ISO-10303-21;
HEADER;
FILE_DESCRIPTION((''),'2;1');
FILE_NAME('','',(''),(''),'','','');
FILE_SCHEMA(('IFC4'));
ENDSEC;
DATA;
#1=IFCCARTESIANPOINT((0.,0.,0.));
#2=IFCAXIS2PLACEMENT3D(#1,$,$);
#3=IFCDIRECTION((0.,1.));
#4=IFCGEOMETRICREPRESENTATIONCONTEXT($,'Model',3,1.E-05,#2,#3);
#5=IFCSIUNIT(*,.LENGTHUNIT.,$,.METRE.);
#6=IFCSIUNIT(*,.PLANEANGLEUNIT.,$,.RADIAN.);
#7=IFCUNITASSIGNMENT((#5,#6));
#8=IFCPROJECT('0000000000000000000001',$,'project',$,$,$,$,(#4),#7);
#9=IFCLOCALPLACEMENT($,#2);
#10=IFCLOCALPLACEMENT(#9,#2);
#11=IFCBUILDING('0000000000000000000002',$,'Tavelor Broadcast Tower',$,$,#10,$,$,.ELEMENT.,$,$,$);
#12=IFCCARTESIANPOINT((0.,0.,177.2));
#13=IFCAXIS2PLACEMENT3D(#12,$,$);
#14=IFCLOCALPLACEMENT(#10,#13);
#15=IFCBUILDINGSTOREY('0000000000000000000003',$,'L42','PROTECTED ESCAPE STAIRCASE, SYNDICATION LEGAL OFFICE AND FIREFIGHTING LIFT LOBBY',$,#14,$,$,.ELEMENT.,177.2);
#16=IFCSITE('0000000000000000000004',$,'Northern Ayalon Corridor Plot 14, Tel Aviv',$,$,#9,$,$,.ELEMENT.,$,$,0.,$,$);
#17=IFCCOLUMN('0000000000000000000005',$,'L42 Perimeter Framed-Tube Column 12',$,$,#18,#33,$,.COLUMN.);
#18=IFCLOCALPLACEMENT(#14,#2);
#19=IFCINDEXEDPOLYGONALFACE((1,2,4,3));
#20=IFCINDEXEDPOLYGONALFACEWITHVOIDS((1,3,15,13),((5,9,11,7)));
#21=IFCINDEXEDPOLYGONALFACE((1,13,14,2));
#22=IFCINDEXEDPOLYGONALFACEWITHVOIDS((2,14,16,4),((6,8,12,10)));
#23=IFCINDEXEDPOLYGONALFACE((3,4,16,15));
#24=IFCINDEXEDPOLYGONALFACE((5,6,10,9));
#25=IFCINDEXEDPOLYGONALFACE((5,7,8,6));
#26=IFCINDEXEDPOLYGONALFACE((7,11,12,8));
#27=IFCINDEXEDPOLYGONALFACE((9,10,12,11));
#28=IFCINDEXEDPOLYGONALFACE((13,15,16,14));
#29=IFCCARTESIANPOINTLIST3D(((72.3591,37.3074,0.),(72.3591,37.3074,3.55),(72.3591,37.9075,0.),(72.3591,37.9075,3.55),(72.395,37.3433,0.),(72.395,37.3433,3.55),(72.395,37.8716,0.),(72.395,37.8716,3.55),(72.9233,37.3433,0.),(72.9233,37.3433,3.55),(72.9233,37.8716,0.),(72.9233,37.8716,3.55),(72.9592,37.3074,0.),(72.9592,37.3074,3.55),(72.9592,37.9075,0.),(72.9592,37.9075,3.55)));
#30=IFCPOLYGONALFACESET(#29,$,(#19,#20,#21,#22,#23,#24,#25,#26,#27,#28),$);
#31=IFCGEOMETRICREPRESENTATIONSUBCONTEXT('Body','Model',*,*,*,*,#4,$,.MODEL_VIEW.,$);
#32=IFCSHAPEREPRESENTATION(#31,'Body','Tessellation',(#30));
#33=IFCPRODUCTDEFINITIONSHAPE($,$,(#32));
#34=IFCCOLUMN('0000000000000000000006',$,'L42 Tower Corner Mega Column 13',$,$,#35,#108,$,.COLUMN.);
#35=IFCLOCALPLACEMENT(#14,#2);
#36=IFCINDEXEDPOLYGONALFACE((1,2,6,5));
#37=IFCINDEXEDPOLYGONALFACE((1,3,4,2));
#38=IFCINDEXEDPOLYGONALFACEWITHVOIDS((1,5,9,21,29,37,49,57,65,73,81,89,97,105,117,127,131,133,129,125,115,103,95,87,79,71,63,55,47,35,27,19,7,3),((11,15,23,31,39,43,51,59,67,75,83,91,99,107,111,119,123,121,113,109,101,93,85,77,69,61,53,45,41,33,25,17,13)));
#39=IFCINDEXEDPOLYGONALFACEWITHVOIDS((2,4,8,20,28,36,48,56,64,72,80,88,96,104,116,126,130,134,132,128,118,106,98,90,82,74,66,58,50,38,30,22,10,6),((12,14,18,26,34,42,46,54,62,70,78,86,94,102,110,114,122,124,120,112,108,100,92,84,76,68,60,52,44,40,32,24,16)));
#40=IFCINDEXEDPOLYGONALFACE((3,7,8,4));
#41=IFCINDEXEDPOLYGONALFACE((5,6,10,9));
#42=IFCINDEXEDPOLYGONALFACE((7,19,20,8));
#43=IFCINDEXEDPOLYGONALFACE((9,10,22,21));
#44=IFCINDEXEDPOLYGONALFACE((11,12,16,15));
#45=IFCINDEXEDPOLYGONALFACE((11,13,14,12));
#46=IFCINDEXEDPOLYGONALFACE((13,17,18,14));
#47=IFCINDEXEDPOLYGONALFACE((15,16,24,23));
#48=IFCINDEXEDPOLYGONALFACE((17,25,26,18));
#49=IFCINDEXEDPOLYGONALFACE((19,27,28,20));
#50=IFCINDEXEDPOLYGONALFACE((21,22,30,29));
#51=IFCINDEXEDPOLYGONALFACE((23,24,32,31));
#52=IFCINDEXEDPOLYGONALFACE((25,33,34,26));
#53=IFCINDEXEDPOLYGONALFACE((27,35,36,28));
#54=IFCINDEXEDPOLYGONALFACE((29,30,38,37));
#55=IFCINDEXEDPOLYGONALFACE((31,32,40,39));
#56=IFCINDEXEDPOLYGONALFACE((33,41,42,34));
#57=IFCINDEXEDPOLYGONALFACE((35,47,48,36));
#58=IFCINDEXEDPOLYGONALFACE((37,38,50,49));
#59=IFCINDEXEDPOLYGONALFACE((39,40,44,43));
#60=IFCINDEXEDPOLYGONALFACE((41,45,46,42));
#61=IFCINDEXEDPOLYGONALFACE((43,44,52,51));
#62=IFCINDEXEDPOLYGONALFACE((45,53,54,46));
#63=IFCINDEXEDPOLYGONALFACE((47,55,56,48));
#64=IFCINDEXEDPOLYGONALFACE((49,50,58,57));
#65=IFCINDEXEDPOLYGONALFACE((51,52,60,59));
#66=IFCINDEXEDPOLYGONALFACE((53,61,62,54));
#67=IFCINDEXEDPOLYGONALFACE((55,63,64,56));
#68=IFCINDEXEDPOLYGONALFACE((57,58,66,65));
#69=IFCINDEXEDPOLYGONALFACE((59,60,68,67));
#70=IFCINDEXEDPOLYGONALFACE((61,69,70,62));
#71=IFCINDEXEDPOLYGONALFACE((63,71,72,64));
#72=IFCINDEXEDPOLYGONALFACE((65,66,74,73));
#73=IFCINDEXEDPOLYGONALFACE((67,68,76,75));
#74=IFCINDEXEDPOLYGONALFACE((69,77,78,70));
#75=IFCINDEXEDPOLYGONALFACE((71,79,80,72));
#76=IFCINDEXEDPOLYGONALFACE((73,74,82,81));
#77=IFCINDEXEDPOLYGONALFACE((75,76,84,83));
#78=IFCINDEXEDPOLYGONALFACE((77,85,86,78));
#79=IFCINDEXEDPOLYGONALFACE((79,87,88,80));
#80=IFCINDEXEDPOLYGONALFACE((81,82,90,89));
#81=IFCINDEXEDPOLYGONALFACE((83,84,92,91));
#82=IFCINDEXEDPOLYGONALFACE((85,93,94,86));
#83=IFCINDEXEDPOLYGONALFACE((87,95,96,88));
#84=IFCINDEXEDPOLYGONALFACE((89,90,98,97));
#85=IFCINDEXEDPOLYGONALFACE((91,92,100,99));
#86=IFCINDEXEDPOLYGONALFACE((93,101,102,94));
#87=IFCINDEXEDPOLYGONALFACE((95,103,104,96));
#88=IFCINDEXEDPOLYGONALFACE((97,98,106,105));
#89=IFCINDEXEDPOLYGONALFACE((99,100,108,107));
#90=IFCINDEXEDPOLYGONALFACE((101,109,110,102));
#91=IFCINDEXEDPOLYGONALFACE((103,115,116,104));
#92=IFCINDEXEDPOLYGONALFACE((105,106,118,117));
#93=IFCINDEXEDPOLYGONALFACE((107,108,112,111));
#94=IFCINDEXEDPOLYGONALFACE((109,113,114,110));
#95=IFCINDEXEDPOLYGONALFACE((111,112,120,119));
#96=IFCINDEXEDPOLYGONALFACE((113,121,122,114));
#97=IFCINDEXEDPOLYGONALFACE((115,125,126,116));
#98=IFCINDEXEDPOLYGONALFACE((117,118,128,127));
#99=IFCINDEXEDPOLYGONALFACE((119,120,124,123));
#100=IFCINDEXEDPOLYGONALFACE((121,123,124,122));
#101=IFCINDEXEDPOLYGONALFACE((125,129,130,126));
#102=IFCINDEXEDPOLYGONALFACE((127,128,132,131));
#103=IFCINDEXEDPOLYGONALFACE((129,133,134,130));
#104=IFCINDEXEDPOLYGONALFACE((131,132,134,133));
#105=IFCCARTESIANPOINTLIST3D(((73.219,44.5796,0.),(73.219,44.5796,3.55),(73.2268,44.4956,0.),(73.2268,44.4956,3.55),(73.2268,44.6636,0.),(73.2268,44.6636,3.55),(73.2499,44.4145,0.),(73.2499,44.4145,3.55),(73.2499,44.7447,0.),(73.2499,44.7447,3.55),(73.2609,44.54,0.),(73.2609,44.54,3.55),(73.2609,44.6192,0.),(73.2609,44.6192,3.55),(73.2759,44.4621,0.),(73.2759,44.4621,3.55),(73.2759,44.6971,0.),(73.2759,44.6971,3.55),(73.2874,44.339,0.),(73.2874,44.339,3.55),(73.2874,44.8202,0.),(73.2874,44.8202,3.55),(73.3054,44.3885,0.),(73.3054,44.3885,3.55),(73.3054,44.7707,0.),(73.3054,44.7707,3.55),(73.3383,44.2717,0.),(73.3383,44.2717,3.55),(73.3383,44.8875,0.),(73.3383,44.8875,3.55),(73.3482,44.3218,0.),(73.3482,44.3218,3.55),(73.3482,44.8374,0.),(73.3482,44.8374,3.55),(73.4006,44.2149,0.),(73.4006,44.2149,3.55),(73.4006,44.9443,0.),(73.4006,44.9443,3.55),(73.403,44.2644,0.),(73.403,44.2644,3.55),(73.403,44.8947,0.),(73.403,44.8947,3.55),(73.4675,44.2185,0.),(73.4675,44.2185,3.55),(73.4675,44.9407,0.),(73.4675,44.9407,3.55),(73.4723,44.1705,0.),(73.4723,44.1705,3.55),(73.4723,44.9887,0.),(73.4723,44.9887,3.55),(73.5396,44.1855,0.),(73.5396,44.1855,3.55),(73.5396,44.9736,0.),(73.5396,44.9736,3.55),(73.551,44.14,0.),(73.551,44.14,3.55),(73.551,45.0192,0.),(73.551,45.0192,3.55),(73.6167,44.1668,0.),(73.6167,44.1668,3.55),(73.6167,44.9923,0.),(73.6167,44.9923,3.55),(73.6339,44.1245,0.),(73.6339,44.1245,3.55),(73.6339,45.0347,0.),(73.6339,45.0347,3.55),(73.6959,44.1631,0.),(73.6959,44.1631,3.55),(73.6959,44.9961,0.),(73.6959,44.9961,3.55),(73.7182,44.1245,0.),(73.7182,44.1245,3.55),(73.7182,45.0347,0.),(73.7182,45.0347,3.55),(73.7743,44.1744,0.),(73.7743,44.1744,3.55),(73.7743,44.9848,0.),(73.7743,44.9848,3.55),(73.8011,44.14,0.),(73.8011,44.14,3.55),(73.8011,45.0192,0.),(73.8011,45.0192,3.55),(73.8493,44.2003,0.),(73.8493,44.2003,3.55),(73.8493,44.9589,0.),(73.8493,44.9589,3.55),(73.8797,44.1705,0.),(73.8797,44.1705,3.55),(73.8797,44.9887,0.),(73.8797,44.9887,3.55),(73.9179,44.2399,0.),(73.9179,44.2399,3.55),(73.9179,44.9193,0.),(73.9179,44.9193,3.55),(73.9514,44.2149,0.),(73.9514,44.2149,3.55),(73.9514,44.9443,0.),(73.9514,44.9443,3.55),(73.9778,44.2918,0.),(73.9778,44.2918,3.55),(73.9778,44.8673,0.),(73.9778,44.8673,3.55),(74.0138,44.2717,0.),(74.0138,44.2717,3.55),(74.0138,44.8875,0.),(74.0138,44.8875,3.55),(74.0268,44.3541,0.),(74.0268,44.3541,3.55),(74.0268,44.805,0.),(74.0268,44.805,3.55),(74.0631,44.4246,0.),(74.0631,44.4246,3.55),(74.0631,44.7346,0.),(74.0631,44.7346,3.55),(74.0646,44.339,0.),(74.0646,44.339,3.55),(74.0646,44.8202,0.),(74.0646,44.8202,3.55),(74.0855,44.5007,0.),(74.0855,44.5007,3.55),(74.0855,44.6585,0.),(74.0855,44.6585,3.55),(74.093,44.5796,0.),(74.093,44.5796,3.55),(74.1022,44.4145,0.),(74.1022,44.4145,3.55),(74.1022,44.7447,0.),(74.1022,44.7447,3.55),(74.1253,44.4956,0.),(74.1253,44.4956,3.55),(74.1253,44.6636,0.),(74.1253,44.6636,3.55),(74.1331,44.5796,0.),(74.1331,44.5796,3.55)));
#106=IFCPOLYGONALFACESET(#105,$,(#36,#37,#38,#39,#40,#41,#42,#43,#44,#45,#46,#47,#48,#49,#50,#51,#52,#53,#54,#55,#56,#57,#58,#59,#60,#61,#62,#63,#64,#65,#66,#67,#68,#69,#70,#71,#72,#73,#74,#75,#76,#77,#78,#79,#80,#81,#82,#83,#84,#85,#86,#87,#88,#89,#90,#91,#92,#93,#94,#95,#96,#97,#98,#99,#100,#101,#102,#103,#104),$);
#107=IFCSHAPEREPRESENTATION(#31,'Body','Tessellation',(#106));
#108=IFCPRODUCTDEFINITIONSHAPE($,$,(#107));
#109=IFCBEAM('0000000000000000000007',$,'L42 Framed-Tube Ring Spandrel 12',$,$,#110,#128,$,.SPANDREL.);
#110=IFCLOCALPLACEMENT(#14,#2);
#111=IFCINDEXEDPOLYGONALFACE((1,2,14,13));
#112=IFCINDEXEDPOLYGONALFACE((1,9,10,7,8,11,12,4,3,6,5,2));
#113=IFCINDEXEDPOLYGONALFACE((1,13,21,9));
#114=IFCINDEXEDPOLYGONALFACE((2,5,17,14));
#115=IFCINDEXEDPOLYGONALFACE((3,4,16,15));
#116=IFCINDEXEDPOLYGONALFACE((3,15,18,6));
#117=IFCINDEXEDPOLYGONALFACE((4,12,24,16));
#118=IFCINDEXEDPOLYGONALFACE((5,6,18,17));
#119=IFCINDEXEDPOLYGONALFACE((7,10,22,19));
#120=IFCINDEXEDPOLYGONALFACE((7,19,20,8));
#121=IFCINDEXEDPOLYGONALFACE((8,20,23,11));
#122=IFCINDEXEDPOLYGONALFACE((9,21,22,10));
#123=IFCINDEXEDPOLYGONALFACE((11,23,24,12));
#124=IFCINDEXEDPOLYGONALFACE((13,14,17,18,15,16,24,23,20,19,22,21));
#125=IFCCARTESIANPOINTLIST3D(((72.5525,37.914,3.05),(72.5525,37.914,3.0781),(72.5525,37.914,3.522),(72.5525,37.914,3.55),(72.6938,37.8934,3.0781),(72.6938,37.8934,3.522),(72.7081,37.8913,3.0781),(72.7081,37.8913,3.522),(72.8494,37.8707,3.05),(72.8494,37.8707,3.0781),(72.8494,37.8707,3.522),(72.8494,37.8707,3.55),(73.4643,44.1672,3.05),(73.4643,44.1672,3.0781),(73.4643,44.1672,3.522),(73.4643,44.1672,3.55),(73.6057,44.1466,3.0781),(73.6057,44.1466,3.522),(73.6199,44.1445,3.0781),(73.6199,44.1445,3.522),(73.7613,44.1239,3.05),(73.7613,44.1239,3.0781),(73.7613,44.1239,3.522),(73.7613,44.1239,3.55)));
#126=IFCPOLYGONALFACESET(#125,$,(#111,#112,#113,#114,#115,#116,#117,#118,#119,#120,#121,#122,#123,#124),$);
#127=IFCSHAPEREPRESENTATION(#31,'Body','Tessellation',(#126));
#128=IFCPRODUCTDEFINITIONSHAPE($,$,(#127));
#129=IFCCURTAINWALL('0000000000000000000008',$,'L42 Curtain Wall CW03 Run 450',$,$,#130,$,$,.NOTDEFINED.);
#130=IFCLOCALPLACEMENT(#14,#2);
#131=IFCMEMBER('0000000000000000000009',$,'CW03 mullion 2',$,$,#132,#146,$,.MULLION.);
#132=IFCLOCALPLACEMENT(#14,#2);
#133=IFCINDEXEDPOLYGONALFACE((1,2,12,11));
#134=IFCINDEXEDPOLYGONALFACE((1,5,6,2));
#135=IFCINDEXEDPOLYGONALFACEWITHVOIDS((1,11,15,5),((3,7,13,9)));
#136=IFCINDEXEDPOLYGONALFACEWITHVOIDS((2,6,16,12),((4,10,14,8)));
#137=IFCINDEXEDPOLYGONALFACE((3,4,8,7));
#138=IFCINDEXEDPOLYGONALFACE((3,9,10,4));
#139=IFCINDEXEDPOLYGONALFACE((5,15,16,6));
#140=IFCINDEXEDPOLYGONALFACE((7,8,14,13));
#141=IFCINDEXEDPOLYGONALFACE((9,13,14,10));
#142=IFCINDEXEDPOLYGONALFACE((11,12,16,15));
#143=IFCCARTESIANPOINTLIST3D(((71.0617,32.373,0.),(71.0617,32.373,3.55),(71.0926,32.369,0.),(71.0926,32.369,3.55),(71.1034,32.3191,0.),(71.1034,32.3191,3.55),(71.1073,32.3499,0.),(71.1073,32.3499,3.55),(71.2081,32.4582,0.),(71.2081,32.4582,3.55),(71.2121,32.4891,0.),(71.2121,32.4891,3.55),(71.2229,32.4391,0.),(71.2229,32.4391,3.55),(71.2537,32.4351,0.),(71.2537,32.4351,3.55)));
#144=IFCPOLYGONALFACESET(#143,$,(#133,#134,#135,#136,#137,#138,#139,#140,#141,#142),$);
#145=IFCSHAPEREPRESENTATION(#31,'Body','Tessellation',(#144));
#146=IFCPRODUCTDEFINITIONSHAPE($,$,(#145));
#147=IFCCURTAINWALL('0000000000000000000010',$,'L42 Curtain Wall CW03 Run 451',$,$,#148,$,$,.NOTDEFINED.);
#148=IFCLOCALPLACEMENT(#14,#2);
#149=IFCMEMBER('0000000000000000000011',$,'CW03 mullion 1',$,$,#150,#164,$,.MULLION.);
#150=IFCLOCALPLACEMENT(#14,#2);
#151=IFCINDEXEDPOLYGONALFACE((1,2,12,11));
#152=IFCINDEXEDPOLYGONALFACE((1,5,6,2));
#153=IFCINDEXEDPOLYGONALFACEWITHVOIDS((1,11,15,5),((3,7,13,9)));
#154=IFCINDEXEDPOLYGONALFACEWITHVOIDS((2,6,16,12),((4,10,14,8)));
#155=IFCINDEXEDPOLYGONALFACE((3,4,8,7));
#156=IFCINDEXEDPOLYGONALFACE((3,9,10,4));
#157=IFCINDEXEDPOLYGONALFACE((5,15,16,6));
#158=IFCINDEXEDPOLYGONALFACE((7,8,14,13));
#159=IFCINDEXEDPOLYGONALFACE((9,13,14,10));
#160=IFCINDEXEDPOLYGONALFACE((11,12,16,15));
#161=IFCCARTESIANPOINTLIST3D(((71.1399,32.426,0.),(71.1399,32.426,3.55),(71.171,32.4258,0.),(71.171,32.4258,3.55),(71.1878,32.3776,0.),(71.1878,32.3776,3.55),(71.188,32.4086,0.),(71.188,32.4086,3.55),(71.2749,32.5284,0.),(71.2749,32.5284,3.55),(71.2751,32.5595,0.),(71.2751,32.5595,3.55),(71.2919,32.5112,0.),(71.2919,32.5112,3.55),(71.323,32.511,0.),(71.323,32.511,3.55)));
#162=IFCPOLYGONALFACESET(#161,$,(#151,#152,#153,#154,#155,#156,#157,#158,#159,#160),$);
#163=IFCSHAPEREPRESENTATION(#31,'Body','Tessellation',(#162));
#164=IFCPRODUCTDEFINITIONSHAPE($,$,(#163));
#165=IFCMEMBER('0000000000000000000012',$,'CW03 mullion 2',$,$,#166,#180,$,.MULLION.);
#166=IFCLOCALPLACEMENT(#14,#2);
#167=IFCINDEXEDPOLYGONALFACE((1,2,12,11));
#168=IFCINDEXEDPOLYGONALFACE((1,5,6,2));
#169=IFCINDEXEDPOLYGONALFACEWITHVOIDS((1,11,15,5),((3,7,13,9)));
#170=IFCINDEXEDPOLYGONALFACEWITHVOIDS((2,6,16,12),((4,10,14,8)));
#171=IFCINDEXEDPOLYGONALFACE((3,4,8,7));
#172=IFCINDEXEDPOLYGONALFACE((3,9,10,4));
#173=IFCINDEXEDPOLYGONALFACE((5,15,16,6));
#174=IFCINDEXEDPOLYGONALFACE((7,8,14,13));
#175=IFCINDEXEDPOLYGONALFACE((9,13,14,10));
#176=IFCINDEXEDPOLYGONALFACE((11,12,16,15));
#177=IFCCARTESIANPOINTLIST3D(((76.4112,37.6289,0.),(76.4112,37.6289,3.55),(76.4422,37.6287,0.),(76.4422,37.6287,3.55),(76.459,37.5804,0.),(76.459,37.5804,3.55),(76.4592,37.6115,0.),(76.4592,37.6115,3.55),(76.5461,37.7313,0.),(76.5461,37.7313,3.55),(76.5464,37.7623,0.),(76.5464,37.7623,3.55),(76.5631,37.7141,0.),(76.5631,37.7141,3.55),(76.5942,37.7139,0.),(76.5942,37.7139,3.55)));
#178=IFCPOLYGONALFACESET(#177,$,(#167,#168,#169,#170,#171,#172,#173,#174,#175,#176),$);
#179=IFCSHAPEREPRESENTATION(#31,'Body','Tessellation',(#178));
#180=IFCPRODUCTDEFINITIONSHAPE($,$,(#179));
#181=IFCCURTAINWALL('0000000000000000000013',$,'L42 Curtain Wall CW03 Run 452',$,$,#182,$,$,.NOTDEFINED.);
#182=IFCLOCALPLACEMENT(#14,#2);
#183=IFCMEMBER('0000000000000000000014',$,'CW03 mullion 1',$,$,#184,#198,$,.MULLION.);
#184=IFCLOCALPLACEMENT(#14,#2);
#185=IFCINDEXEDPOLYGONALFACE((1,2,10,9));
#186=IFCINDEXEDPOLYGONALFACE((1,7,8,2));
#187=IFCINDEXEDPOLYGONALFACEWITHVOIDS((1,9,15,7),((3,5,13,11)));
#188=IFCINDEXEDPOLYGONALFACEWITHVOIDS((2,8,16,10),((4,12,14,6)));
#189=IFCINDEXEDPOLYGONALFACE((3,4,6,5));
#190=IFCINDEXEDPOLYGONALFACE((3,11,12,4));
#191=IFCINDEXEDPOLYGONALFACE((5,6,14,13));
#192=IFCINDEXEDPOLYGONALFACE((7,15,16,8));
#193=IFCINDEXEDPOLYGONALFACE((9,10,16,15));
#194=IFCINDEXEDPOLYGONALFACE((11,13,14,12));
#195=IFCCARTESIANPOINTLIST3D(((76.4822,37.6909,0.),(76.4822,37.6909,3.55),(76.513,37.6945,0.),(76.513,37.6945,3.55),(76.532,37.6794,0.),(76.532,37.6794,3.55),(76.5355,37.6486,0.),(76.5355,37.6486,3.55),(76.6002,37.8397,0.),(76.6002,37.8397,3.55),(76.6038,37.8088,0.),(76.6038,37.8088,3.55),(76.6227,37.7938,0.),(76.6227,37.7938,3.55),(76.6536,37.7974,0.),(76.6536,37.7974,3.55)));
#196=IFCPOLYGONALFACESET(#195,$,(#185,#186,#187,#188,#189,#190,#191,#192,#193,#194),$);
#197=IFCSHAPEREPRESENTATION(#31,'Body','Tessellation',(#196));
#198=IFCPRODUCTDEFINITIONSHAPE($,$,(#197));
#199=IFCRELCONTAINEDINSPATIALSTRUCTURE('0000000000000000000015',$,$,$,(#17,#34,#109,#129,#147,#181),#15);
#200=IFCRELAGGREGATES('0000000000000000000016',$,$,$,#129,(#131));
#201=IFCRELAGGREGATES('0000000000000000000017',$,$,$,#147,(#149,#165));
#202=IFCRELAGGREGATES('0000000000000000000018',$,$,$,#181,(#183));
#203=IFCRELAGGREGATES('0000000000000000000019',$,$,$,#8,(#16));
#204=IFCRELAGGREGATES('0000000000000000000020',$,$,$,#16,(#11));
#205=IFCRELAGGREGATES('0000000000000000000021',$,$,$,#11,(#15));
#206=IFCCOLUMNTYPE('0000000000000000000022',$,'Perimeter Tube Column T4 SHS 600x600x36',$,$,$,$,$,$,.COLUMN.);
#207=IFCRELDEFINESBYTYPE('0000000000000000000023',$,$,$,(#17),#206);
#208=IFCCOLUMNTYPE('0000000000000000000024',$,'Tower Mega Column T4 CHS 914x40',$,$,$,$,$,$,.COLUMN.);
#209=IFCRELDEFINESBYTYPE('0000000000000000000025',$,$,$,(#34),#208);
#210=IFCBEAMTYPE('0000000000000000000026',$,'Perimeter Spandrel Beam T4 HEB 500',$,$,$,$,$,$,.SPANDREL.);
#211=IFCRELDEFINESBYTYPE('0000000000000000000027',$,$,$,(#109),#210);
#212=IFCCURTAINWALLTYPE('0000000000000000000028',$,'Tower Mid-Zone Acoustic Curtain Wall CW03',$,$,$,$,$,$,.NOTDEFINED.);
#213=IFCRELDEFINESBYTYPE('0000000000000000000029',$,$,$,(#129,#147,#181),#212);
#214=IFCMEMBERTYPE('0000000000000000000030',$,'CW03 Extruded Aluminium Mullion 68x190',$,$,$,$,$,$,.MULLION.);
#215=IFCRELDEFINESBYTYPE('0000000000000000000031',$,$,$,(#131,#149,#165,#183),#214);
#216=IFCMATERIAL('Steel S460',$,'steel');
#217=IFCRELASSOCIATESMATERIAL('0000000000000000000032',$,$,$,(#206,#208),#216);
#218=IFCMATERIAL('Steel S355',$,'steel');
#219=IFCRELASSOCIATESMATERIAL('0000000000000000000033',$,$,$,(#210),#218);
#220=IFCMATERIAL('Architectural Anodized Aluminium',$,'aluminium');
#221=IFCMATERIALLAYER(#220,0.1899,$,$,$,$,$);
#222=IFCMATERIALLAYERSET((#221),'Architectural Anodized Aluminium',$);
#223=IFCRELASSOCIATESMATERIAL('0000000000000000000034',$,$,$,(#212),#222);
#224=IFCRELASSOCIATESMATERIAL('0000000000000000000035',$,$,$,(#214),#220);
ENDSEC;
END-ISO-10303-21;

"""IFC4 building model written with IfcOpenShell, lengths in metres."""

from ifc_helpers import new_model, si_unit, direction, frame, origin, origin_2d, place, context, subcontext, project, spatial, hollow_rectangle, hollow_circle, i_section, extrude, source, transform, mapped, material, layer, layer_set, material_profile, profile_set, type_object, type_shapes, element, aggregate, save


model = new_model("IFC4")

# Units and contexts
model_context = context("Model", 3, precision=1e-05, world=origin(), true_north=direction((0.0, 1.0)))
body_context = subcontext(model_context, "Body", "Model", "MODEL_VIEW")
ifc_project = project(units=[si_unit("LENGTHUNIT", "METRE"), si_unit("PLANEANGLEUNIT", "RADIAN")], contexts=[model_context])

# Site, building, storey
site_placement = place(None, origin())
site = spatial("IfcSite", under=ifc_project, at=site_placement, Name="Northern Ayalon Corridor Plot 14, Tel Aviv", CompositionType="ELEMENT", RefElevation=0.0)
building_placement = place(site_placement, origin())
building = spatial("IfcBuilding", under=site, at=building_placement, Name="Tavelor Broadcast Tower", CompositionType="ELEMENT")
storey_placement = place(building_placement, frame((0.0, 0.0, 177.2)))
storey = spatial("IfcBuildingStorey", under=building, at=storey_placement, Name="L42", Description="PROTECTED ESCAPE STAIRCASE, SYNDICATION LEGAL OFFICE AND FIREFIGHTING LIFT LOBBY", CompositionType="ELEMENT", Elevation=177.2)

# Columns
ifc_material_1 = material(Name="Steel S460", Category="steel")
ifc_material_profile_1 = material_profile(ifc_material_1, hollow_rectangle(XDim=0.6001, YDim=0.6001, WallThickness=0.0359, at=origin_2d()), Name="SHS 600x600x36")
ifc_profile_set_1 = profile_set([ifc_material_profile_1], Name="Steel S460")
column_type_1 = type_object("IfcColumnType", Name="Perimeter Tube Column T4 SHS 600x600x36", PredefinedType="COLUMN", material=ifc_profile_set_1)
column_1_placement = place(storey_placement, frame((72.6592, 37.6074, 0.0), z_axis=(0.0, 0.0, 1.0), x_axis=(1.0, 0.0, 0.0)))
element("IfcColumn", 1, at=column_1_placement, inside=storey, type_object=column_type_1, Name="L42 Perimeter Framed-Tube Column 12", PredefinedType="COLUMN", context=body_context, shape_type="SweptSolid", body=[
    extrude(hollow_rectangle(XDim=0.6001, YDim=0.6001, WallThickness=0.0359, at=origin_2d()), origin(), (0.0, 0.0, 1.0), 3.55),
])
ifc_material_profile_2 = material_profile(ifc_material_1, hollow_circle(Radius=0.457, WallThickness=0.04, at=origin_2d()), Name="CHS 914x40")
ifc_profile_set_2 = profile_set([ifc_material_profile_2], Name="Steel S460")
column_type_2 = type_object("IfcColumnType", Name="Tower Mega Column T4 CHS 914x40", PredefinedType="COLUMN", material=ifc_profile_set_2)
column_2_placement = place(storey_placement, frame((73.676, 44.5796, 0.0), z_axis=(0.0, 0.0, 1.0), x_axis=(1.0, 0.0, 0.0)))
element("IfcColumn", 2, at=column_2_placement, inside=storey, type_object=column_type_2, Name="L42 Tower Corner Mega Column 13", PredefinedType="COLUMN", context=body_context, shape_type="SweptSolid", body=[
    extrude(hollow_circle(Radius=0.457, WallThickness=0.04, at=origin_2d()), origin(), (0.0, 0.0, 1.0), 3.55),
])

# Beam
ifc_material_2 = material(Name="Steel S355", Category="steel")
ifc_material_profile_3 = material_profile(ifc_material_2, i_section(OverallWidth=0.3, OverallDepth=0.5, WebThickness=0.0144, FlangeThickness=0.0281, at=origin_2d()), Name="HEB 500")
ifc_profile_set_3 = profile_set([ifc_material_profile_3], Name="Steel S355")
beam_type = type_object("IfcBeamType", Name="Perimeter Spandrel Beam T4 HEB 500", PredefinedType="SPANDREL", material=ifc_profile_set_3)
beam_placement = place(storey_placement, frame((72.7009, 37.8923, 3.3), z_axis=(0.144298, 0.989534, 0.0), x_axis=(-0.989534, 0.144298, 0.0)))
element("IfcBeam", 3, at=beam_placement, inside=storey, type_object=beam_type, Name="L42 Framed-Tube Ring Spandrel 12", PredefinedType="SPANDREL", context=body_context, shape_type="SweptSolid", body=[
    extrude(i_section(OverallWidth=0.3, OverallDepth=0.5, WebThickness=0.0144, FlangeThickness=0.0281, at=origin_2d()), origin(), (0.0, 0.0, 1.0), 6.3193),
])

# Curtain wall, member
ifc_material_3 = material(Name="Architectural Anodized Aluminium", Category="aluminium")
ifc_layer_1 = layer(ifc_material_3, 0.1899)
ifc_layer_set_1 = layer_set([ifc_layer_1], Name="Architectural Anodized Aluminium")
curtain_wall_type = type_object("IfcCurtainWallType", Name="Tower Mid-Zone Acoustic Curtain Wall CW03", PredefinedType="NOTDEFINED", material=ifc_layer_set_1)
curtain_wall_1_placement = place(storey_placement, origin())
curtain_wall_1 = element("IfcCurtainWall", 4, at=curtain_wall_1_placement, inside=storey, type_object=curtain_wall_type, Name="L42 Curtain Wall CW03 Run 450", PredefinedType="NOTDEFINED")
ifc_material_profile_4 = material_profile(ifc_material_3, hollow_rectangle(XDim=0.0681, YDim=0.1899, WallThickness=0.022, at=origin_2d()), Name="RHS 68x190x22")
ifc_profile_set_4 = profile_set([ifc_material_profile_4], Name="Architectural Anodized Aluminium")
member_type_1 = type_object("IfcMemberType", Name="CW03 Extruded Aluminium Mullion 68x190", PredefinedType="MULLION", material=ifc_profile_set_4)
shared_shape_1 = source(origin(), body_context, "Body", "SweptSolid", [
    extrude(hollow_rectangle(XDim=0.0681, YDim=0.1899, WallThickness=0.022, at=origin_2d()), origin(), (0.0, 0.0, 1.0), 3.55),
])
type_shapes(member_type_1, [shared_shape_1])
member_1_placement = place(storey_placement, frame((71.1577, 32.4041, 0.0), z_axis=(0.0, 0.0, 1.0), x_axis=(-0.611173, 0.791497, 0.0)))
member_1 = element("IfcMember", 5, at=member_1_placement, type_object=member_type_1, Name="CW03 mullion 2", PredefinedType="MULLION", context=body_context, shape_type="MappedRepresentation", body=[
    mapped(shared_shape_1, transform((0.0, 0.0, 0.0), scale=1.0)),
])
aggregate(curtain_wall_1, [member_1])

# Curtain walls, members
curtain_wall_2_placement = place(storey_placement, origin())
curtain_wall_2 = element("IfcCurtainWall", 6, at=curtain_wall_2_placement, inside=storey, type_object=curtain_wall_type, Name="L42 Curtain Wall CW03 Run 451", PredefinedType="NOTDEFINED")
member_2_placement = place(storey_placement, frame((71.2314, 32.4685, 0.0), z_axis=(0.0, 0.0, 1.0), x_axis=(-0.702483, 0.711701, 0.0)))
member_2 = element("IfcMember", 7, at=member_2_placement, type_object=member_type_1, Name="CW03 mullion 1", PredefinedType="MULLION", context=body_context, shape_type="MappedRepresentation", body=[
    mapped(shared_shape_1, transform((0.0, 0.0, 0.0), scale=1.0)),
])
member_3_placement = place(storey_placement, frame((76.5027, 37.6714, 0.0), z_axis=(0.0, 0.0, 1.0), x_axis=(-0.702483, 0.711701, 0.0)))
member_3 = element("IfcMember", 8, at=member_3_placement, type_object=member_type_1, Name="CW03 mullion 2", PredefinedType="MULLION", context=body_context, shape_type="MappedRepresentation", body=[
    mapped(shared_shape_1, transform((0.0, 0.0, 0.0), scale=1.0)),
])
curtain_wall_3_placement = place(storey_placement, origin())
curtain_wall_3 = element("IfcCurtainWall", 9, at=curtain_wall_3_placement, inside=storey, type_object=curtain_wall_type, Name="L42 Curtain Wall CW03 Run 452", PredefinedType="NOTDEFINED")
member_4_placement = place(storey_placement, frame((76.5679, 37.7441, 0.0), z_axis=(0.0, 0.0, 1.0), x_axis=(-0.783439, 0.621469, 0.0)))
member_4 = element("IfcMember", 10, at=member_4_placement, type_object=member_type_1, Name="CW03 mullion 1", PredefinedType="MULLION", context=body_context, shape_type="MappedRepresentation", body=[
    mapped(shared_shape_1, transform((0.0, 0.0, 0.0), scale=1.0)),
])

aggregate(curtain_wall_2, [member_2, member_3])
aggregate(curtain_wall_3, [member_4])

save(model, "model.ifc")
